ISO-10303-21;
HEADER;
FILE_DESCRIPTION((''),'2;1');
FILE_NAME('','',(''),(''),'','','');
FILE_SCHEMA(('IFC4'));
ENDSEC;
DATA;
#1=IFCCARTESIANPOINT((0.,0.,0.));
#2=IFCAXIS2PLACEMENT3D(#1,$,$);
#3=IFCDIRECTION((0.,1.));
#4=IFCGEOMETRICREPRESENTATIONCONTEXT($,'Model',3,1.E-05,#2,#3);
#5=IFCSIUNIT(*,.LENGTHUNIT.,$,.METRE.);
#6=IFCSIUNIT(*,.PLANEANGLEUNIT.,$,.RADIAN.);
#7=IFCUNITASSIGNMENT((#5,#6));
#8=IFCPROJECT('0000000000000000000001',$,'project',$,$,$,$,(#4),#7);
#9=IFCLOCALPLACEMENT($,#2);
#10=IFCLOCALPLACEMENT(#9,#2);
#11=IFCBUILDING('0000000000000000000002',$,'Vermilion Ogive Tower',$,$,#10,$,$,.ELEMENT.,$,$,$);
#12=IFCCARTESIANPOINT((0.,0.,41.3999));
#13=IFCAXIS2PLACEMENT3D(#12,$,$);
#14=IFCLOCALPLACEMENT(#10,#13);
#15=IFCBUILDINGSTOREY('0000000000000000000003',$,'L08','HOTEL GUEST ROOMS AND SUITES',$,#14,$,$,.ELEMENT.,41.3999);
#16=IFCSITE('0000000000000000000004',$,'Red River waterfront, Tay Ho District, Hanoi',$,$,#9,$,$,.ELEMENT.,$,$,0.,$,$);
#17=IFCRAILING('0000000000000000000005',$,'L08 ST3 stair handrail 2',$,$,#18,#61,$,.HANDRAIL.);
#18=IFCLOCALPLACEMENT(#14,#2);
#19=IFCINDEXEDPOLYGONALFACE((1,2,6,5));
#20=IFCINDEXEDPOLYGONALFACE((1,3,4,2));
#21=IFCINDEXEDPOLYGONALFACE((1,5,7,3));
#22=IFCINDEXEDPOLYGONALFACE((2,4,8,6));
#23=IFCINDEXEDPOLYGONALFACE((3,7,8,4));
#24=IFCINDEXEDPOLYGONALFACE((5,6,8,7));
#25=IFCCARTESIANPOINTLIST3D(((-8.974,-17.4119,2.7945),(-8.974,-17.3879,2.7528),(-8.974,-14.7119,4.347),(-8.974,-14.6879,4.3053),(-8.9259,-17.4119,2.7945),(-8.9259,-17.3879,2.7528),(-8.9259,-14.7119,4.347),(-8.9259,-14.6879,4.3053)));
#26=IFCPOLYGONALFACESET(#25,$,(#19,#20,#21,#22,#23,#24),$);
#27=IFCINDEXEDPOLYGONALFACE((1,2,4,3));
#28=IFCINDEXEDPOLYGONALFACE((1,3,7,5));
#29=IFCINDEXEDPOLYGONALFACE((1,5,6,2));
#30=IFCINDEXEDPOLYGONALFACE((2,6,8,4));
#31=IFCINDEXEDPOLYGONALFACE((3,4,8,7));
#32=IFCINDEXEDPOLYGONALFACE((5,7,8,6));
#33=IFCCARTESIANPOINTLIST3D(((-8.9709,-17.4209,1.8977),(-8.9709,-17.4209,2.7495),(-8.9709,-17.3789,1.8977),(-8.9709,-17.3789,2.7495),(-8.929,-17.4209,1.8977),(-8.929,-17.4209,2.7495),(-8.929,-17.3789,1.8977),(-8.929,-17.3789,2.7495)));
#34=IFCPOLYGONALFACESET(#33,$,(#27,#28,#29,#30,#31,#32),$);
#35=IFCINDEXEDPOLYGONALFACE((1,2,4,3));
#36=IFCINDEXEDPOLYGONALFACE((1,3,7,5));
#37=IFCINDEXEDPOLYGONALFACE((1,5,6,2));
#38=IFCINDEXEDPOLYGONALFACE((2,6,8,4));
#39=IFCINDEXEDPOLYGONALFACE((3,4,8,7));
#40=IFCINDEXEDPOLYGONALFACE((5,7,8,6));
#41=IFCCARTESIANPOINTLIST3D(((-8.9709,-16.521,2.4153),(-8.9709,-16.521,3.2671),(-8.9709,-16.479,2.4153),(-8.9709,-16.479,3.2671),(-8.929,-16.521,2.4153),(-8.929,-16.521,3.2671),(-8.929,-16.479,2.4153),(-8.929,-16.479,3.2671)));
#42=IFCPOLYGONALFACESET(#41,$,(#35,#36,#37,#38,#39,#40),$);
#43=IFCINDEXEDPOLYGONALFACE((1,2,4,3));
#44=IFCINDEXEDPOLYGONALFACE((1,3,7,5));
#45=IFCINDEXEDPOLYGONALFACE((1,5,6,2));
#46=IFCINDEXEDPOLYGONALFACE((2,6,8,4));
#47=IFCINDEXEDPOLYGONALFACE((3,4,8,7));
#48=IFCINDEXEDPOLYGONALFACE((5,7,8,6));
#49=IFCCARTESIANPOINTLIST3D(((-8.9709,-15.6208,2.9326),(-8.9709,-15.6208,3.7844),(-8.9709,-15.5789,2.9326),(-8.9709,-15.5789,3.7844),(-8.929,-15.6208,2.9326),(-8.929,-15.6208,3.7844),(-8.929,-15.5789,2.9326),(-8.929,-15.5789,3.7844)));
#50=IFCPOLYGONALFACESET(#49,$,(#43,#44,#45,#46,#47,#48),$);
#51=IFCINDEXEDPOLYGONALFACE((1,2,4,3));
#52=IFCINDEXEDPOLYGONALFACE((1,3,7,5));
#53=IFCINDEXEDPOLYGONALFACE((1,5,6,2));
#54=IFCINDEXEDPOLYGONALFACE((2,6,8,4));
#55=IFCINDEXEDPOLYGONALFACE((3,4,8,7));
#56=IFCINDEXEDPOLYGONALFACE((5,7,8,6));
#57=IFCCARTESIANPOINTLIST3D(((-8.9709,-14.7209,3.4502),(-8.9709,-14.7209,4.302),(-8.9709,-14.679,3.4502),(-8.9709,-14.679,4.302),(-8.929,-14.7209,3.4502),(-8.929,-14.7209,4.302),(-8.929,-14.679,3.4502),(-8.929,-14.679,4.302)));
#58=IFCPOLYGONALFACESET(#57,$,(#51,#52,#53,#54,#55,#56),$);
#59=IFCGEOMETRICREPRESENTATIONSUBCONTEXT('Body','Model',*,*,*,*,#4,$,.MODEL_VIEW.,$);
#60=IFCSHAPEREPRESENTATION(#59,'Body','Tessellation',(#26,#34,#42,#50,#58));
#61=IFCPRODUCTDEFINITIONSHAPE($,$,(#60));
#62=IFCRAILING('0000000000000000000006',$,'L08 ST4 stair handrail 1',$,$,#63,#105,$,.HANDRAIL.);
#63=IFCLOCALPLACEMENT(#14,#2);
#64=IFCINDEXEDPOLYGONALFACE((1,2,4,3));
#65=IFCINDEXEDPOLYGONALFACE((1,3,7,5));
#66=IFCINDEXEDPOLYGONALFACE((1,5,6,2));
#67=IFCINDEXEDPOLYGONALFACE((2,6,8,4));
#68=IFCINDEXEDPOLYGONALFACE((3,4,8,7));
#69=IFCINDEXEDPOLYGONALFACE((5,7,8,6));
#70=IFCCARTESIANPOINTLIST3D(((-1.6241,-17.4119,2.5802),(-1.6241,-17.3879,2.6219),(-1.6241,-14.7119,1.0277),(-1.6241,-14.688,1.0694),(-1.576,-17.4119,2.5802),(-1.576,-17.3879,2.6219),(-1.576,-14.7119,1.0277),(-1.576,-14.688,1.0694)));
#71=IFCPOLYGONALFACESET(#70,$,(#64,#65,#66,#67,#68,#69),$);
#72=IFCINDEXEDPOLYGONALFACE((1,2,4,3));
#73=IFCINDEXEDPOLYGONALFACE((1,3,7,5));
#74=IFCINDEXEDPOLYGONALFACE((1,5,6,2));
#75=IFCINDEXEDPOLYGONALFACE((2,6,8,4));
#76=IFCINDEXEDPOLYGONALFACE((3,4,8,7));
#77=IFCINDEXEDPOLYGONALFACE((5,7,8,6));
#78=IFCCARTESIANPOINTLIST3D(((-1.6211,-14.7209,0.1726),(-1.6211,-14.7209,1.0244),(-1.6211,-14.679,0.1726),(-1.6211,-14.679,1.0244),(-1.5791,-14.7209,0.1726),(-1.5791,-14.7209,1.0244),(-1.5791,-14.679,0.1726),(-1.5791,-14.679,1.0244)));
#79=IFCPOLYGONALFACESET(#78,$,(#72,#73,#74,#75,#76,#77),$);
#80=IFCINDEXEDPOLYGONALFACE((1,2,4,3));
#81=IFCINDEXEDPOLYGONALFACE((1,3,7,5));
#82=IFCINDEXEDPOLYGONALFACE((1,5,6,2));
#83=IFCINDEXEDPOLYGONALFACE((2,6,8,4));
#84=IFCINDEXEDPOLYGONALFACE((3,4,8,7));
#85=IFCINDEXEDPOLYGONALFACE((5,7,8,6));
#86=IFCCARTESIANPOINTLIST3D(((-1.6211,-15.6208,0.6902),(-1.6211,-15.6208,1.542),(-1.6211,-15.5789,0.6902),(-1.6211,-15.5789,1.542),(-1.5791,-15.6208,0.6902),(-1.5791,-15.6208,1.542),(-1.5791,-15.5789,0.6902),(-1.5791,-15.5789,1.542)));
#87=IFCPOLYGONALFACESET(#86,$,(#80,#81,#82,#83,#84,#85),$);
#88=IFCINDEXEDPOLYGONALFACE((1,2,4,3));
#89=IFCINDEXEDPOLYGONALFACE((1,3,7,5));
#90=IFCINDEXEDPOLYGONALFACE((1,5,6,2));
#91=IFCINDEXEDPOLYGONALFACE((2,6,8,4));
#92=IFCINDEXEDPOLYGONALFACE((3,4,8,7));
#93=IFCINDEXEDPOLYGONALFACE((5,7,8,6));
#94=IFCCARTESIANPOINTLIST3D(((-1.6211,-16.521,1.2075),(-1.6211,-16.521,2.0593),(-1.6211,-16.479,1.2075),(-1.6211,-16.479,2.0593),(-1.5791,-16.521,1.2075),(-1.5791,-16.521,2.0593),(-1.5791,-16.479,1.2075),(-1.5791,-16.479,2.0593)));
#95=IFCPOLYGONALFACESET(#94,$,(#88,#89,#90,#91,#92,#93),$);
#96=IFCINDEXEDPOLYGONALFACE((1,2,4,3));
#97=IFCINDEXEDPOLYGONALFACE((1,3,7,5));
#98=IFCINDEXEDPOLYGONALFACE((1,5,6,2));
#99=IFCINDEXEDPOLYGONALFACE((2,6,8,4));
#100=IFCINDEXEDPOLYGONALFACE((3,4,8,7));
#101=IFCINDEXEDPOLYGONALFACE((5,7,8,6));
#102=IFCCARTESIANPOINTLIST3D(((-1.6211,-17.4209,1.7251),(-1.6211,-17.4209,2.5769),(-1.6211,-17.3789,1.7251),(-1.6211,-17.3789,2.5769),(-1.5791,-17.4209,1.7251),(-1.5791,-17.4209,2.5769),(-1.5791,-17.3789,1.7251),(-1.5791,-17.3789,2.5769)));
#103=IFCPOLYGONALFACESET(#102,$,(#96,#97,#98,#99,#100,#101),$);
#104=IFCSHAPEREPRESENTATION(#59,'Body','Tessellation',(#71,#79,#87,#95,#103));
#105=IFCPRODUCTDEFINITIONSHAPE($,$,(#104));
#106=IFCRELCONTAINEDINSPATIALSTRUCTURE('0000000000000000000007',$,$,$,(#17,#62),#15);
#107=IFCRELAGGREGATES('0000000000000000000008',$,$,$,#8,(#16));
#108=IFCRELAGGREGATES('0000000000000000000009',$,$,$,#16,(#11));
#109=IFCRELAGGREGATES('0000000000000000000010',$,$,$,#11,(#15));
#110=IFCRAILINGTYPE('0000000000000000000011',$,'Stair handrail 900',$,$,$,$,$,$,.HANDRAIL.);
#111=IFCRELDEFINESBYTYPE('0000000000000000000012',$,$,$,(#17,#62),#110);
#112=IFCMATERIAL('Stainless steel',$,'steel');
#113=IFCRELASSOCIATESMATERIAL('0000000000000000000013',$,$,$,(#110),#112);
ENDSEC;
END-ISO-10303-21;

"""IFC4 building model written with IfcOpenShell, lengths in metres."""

from ifc_helpers import new_model, si_unit, direction, frame, origin, origin_2d, place, context, subcontext, project, spatial, rectangle, extrude, material, type_object, element, save


model = new_model("IFC4")

# Units and contexts
model_context = context("Model", 3, precision=1e-05, world=origin(), true_north=direction((0.0, 1.0)))
body_context = subcontext(model_context, "Body", "Model", "MODEL_VIEW")
ifc_project = project(units=[si_unit("LENGTHUNIT", "METRE"), si_unit("PLANEANGLEUNIT", "RADIAN")], contexts=[model_context])

# Site, building, storey
site_placement = place(None, origin())
site = spatial("IfcSite", under=ifc_project, at=site_placement, Name="Red River waterfront, Tay Ho District, Hanoi", CompositionType="ELEMENT", RefElevation=0.0)
building_placement = place(site_placement, origin())
building = spatial("IfcBuilding", under=site, at=building_placement, Name="Vermilion Ogive Tower", CompositionType="ELEMENT")
storey_placement = place(building_placement, frame((0.0, 0.0, 41.3999)))
storey = spatial("IfcBuildingStorey", under=building, at=storey_placement, Name="L08", Description="HOTEL GUEST ROOMS AND SUITES", CompositionType="ELEMENT", Elevation=41.3999)

# Railings
ifc_material_1 = material(Name="Stainless steel", Category="steel")
railing_type_1 = type_object("IfcRailingType", Name="Stair handrail 900", PredefinedType="HANDRAIL", material=ifc_material_1)
railing_1_placement = place(storey_placement, frame((-8.95, -17.3999, 1.8977)))
element("IfcRailing", 1, at=railing_1_placement, inside=storey, type_object=railing_type_1, Name="L08 ST3 stair handrail 2", PredefinedType="HANDRAIL", context=body_context, shape_type="SweptSolid", body=[
    extrude(rectangle(XDim=0.0481, YDim=0.0481, at=origin_2d()), frame((0.0, 0.0, 0.876), z_axis=(0.0, 0.866904, 0.498476), x_axis=(-1.0, 0.0, 0.0)), (0.0, 0.0, 1.0), 3.1145),
    extrude(rectangle(XDim=0.042, YDim=0.042, at=origin_2d()), origin(), (0.0, 0.0, 1.0), 0.8518),
    extrude(rectangle(XDim=0.042, YDim=0.042, at=origin_2d()), frame((0.0, 0.8999, 0.5176)), (0.0, 0.0, 1.0), 0.8518),
    extrude(rectangle(XDim=0.042, YDim=0.042, at=origin_2d()), frame((0.0, 1.8, 1.0349)), (0.0, 0.0, 1.0), 0.8518),
    extrude(rectangle(XDim=0.042, YDim=0.042, at=origin_2d()), frame((0.0, 2.7, 1.5525)), (0.0, 0.0, 1.0), 0.8518),
])
railing_2_placement = place(storey_placement, frame((-1.6001, -14.7, 0.1726)))
element("IfcRailing", 2, at=railing_2_placement, inside=storey, type_object=railing_type_1, Name="L08 ST4 stair handrail 1", PredefinedType="HANDRAIL", context=body_context, shape_type="SweptSolid", body=[
    extrude(rectangle(XDim=0.0481, YDim=0.0481, at=origin_2d()), frame((0.0, 0.0, 0.876), z_axis=(0.0, -0.866904, 0.498476), x_axis=(1.0, 0.0, 0.0)), (0.0, 0.0, 1.0), 3.1145),
    extrude(rectangle(XDim=0.042, YDim=0.042, at=origin_2d()), origin(), (0.0, 0.0, 1.0), 0.8518),
    extrude(rectangle(XDim=0.042, YDim=0.042, at=origin_2d()), frame((0.0, -0.8999, 0.5176)), (0.0, 0.0, 1.0), 0.8518),
    extrude(rectangle(XDim=0.042, YDim=0.042, at=origin_2d()), frame((0.0, -1.8, 1.0349)), (0.0, 0.0, 1.0), 0.8518),
    extrude(rectangle(XDim=0.042, YDim=0.042, at=origin_2d()), frame((0.0, -2.7, 1.5525)), (0.0, 0.0, 1.0), 0.8518),
])

save(model, "model.ifc")
